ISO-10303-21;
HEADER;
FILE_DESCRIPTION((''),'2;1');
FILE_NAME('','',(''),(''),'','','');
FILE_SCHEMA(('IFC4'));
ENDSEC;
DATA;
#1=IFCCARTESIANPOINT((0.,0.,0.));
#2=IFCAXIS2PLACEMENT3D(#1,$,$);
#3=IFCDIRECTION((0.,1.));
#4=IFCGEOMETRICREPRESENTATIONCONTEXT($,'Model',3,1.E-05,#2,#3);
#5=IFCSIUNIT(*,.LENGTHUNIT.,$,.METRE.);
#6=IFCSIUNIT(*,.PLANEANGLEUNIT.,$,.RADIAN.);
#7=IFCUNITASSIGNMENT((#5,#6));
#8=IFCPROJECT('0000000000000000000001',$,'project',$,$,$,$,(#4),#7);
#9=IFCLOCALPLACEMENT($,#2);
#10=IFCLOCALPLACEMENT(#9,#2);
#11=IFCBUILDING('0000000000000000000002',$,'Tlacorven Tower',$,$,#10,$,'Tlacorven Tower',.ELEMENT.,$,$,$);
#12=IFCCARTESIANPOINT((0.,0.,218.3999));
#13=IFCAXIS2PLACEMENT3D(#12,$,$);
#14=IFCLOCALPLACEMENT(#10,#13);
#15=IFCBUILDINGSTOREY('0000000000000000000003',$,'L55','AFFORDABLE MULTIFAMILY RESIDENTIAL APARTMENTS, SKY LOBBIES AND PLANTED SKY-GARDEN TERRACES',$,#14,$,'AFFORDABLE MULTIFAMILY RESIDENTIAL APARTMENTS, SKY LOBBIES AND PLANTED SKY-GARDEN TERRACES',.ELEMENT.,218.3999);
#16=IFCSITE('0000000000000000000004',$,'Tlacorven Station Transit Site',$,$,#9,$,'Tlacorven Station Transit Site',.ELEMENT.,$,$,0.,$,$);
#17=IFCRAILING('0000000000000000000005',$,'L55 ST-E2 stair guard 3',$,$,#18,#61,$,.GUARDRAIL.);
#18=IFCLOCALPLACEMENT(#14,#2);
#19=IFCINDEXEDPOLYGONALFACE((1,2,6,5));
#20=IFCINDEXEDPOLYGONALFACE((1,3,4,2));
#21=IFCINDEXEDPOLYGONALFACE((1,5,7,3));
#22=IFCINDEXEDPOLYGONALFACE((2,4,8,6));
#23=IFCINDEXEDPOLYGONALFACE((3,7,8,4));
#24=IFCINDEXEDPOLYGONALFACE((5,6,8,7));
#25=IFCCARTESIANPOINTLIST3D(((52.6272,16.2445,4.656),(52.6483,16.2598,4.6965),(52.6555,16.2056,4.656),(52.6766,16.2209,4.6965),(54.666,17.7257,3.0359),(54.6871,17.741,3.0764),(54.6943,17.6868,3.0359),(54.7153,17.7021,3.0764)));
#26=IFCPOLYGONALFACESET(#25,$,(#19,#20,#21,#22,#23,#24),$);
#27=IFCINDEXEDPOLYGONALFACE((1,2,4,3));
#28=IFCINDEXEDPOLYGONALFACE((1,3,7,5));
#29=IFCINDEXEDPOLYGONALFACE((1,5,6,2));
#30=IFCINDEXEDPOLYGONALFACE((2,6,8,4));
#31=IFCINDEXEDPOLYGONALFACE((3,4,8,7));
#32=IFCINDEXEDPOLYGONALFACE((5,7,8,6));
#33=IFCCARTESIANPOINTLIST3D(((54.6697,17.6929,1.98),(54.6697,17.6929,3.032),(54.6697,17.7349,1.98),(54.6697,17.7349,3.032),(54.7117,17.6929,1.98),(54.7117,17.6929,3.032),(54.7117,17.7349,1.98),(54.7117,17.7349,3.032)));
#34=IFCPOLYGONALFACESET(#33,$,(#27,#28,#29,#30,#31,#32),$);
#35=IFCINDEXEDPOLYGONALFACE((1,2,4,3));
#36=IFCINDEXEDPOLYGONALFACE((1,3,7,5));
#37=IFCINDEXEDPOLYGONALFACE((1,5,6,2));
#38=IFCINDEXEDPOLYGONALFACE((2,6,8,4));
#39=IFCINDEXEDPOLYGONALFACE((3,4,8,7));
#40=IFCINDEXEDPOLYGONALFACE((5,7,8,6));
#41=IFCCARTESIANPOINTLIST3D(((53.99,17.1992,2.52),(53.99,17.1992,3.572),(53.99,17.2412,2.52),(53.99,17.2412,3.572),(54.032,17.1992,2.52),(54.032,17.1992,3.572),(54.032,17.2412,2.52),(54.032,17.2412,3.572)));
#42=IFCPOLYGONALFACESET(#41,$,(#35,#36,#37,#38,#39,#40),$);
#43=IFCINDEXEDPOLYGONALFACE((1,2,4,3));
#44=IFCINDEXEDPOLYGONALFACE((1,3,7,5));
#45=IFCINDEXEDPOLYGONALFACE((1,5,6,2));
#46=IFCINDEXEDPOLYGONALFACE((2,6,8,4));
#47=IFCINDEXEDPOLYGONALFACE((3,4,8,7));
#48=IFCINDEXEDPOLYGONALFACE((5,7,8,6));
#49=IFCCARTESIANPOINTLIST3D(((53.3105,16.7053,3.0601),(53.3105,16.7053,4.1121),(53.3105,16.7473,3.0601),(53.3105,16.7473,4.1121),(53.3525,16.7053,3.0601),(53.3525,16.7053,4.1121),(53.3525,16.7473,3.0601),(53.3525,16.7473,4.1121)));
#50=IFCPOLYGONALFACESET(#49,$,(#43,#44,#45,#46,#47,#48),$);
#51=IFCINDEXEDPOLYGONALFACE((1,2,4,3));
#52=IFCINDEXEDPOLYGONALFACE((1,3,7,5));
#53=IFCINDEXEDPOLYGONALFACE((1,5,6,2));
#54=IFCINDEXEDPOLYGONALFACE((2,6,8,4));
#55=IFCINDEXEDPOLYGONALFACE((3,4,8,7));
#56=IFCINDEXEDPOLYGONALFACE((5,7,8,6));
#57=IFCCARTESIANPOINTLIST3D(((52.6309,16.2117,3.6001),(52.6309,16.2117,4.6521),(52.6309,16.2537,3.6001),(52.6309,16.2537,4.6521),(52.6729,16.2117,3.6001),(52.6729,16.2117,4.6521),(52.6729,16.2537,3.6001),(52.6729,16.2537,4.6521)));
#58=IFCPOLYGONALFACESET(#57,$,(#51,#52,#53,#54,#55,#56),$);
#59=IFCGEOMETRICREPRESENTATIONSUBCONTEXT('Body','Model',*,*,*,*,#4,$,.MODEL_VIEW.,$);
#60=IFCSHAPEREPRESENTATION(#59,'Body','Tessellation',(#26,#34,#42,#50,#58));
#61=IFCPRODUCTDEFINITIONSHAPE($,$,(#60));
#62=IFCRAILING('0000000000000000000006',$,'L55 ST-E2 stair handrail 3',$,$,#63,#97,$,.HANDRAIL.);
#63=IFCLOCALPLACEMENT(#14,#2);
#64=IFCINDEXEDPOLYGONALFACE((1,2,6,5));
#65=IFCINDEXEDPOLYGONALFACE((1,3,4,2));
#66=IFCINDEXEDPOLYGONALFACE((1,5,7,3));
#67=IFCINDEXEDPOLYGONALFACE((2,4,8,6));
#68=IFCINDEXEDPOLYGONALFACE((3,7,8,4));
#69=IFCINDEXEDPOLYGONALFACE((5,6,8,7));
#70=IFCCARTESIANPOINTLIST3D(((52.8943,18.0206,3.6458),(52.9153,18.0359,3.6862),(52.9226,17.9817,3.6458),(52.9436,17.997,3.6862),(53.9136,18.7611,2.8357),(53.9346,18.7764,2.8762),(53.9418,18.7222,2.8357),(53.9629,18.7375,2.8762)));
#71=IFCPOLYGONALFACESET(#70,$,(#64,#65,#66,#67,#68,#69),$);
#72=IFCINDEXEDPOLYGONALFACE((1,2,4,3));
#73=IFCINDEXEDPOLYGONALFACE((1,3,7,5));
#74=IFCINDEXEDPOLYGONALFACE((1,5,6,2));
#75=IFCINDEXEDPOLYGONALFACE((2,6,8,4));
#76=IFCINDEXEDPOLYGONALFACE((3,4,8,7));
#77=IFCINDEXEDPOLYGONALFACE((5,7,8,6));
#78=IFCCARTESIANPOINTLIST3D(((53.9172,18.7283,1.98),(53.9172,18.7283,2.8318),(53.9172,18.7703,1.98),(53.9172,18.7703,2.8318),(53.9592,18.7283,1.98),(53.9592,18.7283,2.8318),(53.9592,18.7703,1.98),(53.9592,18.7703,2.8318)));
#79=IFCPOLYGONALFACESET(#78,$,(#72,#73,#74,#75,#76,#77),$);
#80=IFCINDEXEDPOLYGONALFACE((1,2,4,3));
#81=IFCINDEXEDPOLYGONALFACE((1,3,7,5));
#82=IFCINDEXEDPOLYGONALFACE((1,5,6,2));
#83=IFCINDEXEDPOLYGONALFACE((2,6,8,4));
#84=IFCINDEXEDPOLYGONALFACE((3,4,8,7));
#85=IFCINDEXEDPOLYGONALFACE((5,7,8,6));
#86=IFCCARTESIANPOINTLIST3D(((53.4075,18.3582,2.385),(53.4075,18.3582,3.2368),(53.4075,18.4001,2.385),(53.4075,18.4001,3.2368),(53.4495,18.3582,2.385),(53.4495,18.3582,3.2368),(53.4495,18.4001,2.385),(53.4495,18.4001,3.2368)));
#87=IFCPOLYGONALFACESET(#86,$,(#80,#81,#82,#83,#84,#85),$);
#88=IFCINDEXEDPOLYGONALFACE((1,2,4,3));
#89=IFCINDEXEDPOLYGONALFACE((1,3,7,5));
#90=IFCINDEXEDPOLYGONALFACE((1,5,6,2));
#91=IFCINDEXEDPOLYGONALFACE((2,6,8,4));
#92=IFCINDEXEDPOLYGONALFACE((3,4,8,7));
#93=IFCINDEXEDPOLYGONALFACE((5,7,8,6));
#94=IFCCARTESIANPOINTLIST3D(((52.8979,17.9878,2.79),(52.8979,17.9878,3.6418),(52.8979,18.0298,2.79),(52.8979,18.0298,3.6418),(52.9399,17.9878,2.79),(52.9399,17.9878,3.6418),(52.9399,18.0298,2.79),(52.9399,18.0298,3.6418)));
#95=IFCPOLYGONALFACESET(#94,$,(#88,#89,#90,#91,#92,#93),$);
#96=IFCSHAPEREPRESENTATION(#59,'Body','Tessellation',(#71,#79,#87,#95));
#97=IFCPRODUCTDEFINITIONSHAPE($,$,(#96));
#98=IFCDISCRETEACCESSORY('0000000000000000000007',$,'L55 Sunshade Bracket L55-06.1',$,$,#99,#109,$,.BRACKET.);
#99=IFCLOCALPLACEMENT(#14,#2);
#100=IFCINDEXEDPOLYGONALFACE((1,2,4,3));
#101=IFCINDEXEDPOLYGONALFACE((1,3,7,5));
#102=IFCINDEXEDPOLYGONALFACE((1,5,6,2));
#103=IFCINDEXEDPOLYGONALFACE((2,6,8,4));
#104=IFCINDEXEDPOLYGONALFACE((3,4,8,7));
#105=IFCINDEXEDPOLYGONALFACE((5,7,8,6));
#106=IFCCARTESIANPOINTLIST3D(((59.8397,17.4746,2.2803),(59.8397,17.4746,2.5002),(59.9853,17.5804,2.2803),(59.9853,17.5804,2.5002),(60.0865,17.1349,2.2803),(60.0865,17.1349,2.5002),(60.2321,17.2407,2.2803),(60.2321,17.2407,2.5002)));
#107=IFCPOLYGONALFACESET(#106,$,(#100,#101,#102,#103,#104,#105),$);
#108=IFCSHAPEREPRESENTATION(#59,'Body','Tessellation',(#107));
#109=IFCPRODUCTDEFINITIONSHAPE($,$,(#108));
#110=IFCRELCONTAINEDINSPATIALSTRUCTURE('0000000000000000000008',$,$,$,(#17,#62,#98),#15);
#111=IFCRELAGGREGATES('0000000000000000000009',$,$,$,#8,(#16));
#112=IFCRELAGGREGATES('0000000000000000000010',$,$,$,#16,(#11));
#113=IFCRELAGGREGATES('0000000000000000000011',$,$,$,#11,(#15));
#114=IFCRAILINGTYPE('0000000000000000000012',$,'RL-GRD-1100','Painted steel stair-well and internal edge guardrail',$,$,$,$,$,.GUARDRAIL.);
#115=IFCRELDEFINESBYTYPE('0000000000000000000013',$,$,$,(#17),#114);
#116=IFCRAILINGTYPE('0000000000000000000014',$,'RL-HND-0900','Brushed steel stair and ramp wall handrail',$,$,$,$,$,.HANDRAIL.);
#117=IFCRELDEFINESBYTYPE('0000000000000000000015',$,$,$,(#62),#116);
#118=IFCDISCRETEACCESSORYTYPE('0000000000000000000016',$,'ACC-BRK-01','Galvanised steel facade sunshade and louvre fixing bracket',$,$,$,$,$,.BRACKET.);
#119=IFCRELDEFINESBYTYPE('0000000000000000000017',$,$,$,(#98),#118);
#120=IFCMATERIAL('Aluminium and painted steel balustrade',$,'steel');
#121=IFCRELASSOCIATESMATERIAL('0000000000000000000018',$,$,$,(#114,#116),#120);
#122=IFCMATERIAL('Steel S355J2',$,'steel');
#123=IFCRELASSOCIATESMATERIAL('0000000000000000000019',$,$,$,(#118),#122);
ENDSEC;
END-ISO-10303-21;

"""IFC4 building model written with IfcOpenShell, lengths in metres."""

from ifc_helpers import new_model, si_unit, direction, frame, origin, origin_2d, place, context, subcontext, project, spatial, rectangle, extrude, source, transform, mapped, material, type_object, element, save


model = new_model("IFC4")

# Units and contexts
model_context = context("Model", 3, precision=1e-05, world=origin(), true_north=direction((0.0, 1.0)))
body_context = subcontext(model_context, "Body", "Model", "MODEL_VIEW")
ifc_project = project(units=[si_unit("LENGTHUNIT", "METRE"), si_unit("PLANEANGLEUNIT", "RADIAN")], contexts=[model_context])

# Site, building, storey
site_placement = place(None, origin())
site = spatial("IfcSite", under=ifc_project, at=site_placement, Name="Tlacorven Station Transit Site", LongName="Tlacorven Station Transit Site", CompositionType="ELEMENT", RefElevation=0.0)
building_placement = place(site_placement, origin())
building = spatial("IfcBuilding", under=site, at=building_placement, Name="Tlacorven Tower", LongName="Tlacorven Tower", CompositionType="ELEMENT")
storey_placement = place(building_placement, frame((0.0, 0.0, 218.3999)))
storey = spatial("IfcBuildingStorey", under=building, at=storey_placement, Name="L55", Description="AFFORDABLE MULTIFAMILY RESIDENTIAL APARTMENTS, SKY LOBBIES AND PLANTED SKY-GARDEN TERRACES", LongName="AFFORDABLE MULTIFAMILY RESIDENTIAL APARTMENTS, SKY LOBBIES AND PLANTED SKY-GARDEN TERRACES", CompositionType="ELEMENT", Elevation=218.3999)

# Shared definitions
ifc_material_1 = material(Name="Steel S355J2", Category="steel")

# Shared definitions
ifc_material_2 = material(Name="Aluminium and painted steel balustrade", Category="steel")

# Railings
railing_type_1 = type_object("IfcRailingType", Name="RL-GRD-1100", Description="Painted steel stair-well and internal edge guardrail", PredefinedType="GUARDRAIL", material=ifc_material_2)
railing_type_2 = type_object("IfcRailingType", Name="RL-HND-0900", Description="Brushed steel stair and ramp wall handrail", PredefinedType="HANDRAIL", material=ifc_material_2)
shared_shape_1 = source(origin(), body_context, "Body", "SweptSolid", [
    extrude(rectangle(XDim=0.0481, YDim=0.0481, at=origin_2d()), frame((0.0, 0.0, 1.0762), z_axis=(-0.680532, -0.494407, 0.540775), x_axis=(0.587763, -0.809033, 0.0)), (0.0, 0.0, 1.0), 2.9958),
    extrude(rectangle(XDim=0.042, YDim=0.042, at=origin_2d()), origin(), (0.0, 0.0, 1.0), 1.052),
    extrude(rectangle(XDim=0.042, YDim=0.042, at=origin_2d()), frame((-0.6797, -0.4937, 0.54)), (0.0, 0.0, 1.0), 1.052),
    extrude(rectangle(XDim=0.042, YDim=0.042, at=origin_2d()), frame((-1.3591, -0.9875, 1.0801)), (0.0, 0.0, 1.0), 1.052),
    extrude(rectangle(XDim=0.042, YDim=0.042, at=origin_2d()), frame((-2.0388, -1.4812, 1.6201)), (0.0, 0.0, 1.0), 1.052),
])
railing_1_placement = place(storey_placement, frame((54.6907, 17.7139, 1.98)))
element("IfcRailing", 1, at=railing_1_placement, inside=storey, type_object=railing_type_1, Name="L55 ST-E2 stair guard 3", PredefinedType="GUARDRAIL", context=body_context, shape_type="MappedRepresentation", body=[
    mapped(shared_shape_1, transform((0.0, 0.0, 0.0), scale=1.0)),
])
shared_shape_2 = source(origin(), body_context, "Body", "SweptSolid", [
    extrude(rectangle(XDim=0.0481, YDim=0.0481, at=origin_2d()), frame((0.0, 0.0, 0.876), z_axis=(-0.680516, -0.494373, 0.540827), x_axis=(0.587745, -0.809046, 0.0)), (0.0, 0.0, 1.0), 1.4978),
    extrude(rectangle(XDim=0.042, YDim=0.042, at=origin_2d()), origin(), (0.0, 0.0, 1.0), 0.8518),
    extrude(rectangle(XDim=0.042, YDim=0.042, at=origin_2d()), frame((-0.5098, -0.3701, 0.405)), (0.0, 0.0, 1.0), 0.8518),
    extrude(rectangle(XDim=0.042, YDim=0.042, at=origin_2d()), frame((-1.0193, -0.7405, 0.8101)), (0.0, 0.0, 1.0), 0.8518),
])
railing_2_placement = place(storey_placement, frame((53.9382, 18.7493, 1.98)))
element("IfcRailing", 2, at=railing_2_placement, inside=storey, type_object=railing_type_2, Name="L55 ST-E2 stair handrail 3", PredefinedType="HANDRAIL", context=body_context, shape_type="MappedRepresentation", body=[
    mapped(shared_shape_2, transform((0.0, 0.0, 0.0), scale=1.0)),
])

# Discrete accessory
discrete_accessory_type = type_object("IfcDiscreteAccessoryType", Name="ACC-BRK-01", Description="Galvanised steel facade sunshade and louvre fixing bracket", PredefinedType="BRACKET", material=ifc_material_1)
shared_shape_3 = source(origin(), body_context, "Body", "SweptSolid", [
    extrude(rectangle(XDim=0.1799, YDim=0.4199, at=origin_2d()), origin(), (0.0, 0.0, 1.0), 0.22),
])
discrete_accessory_placement = place(storey_placement, frame((60.0359, 17.3577, 2.2803), z_axis=(0.0, 0.0, 1.0), x_axis=(-0.809017, -0.587785, 0.0)))
element("IfcDiscreteAccessory", 3, at=discrete_accessory_placement, inside=storey, type_object=discrete_accessory_type, Name="L55 Sunshade Bracket L55-06.1", PredefinedType="BRACKET", context=body_context, shape_type="MappedRepresentation", body=[
    mapped(shared_shape_3, transform((0.0, 0.0, 0.0), scale=1.0)),
])

save(model, "model.ifc")
